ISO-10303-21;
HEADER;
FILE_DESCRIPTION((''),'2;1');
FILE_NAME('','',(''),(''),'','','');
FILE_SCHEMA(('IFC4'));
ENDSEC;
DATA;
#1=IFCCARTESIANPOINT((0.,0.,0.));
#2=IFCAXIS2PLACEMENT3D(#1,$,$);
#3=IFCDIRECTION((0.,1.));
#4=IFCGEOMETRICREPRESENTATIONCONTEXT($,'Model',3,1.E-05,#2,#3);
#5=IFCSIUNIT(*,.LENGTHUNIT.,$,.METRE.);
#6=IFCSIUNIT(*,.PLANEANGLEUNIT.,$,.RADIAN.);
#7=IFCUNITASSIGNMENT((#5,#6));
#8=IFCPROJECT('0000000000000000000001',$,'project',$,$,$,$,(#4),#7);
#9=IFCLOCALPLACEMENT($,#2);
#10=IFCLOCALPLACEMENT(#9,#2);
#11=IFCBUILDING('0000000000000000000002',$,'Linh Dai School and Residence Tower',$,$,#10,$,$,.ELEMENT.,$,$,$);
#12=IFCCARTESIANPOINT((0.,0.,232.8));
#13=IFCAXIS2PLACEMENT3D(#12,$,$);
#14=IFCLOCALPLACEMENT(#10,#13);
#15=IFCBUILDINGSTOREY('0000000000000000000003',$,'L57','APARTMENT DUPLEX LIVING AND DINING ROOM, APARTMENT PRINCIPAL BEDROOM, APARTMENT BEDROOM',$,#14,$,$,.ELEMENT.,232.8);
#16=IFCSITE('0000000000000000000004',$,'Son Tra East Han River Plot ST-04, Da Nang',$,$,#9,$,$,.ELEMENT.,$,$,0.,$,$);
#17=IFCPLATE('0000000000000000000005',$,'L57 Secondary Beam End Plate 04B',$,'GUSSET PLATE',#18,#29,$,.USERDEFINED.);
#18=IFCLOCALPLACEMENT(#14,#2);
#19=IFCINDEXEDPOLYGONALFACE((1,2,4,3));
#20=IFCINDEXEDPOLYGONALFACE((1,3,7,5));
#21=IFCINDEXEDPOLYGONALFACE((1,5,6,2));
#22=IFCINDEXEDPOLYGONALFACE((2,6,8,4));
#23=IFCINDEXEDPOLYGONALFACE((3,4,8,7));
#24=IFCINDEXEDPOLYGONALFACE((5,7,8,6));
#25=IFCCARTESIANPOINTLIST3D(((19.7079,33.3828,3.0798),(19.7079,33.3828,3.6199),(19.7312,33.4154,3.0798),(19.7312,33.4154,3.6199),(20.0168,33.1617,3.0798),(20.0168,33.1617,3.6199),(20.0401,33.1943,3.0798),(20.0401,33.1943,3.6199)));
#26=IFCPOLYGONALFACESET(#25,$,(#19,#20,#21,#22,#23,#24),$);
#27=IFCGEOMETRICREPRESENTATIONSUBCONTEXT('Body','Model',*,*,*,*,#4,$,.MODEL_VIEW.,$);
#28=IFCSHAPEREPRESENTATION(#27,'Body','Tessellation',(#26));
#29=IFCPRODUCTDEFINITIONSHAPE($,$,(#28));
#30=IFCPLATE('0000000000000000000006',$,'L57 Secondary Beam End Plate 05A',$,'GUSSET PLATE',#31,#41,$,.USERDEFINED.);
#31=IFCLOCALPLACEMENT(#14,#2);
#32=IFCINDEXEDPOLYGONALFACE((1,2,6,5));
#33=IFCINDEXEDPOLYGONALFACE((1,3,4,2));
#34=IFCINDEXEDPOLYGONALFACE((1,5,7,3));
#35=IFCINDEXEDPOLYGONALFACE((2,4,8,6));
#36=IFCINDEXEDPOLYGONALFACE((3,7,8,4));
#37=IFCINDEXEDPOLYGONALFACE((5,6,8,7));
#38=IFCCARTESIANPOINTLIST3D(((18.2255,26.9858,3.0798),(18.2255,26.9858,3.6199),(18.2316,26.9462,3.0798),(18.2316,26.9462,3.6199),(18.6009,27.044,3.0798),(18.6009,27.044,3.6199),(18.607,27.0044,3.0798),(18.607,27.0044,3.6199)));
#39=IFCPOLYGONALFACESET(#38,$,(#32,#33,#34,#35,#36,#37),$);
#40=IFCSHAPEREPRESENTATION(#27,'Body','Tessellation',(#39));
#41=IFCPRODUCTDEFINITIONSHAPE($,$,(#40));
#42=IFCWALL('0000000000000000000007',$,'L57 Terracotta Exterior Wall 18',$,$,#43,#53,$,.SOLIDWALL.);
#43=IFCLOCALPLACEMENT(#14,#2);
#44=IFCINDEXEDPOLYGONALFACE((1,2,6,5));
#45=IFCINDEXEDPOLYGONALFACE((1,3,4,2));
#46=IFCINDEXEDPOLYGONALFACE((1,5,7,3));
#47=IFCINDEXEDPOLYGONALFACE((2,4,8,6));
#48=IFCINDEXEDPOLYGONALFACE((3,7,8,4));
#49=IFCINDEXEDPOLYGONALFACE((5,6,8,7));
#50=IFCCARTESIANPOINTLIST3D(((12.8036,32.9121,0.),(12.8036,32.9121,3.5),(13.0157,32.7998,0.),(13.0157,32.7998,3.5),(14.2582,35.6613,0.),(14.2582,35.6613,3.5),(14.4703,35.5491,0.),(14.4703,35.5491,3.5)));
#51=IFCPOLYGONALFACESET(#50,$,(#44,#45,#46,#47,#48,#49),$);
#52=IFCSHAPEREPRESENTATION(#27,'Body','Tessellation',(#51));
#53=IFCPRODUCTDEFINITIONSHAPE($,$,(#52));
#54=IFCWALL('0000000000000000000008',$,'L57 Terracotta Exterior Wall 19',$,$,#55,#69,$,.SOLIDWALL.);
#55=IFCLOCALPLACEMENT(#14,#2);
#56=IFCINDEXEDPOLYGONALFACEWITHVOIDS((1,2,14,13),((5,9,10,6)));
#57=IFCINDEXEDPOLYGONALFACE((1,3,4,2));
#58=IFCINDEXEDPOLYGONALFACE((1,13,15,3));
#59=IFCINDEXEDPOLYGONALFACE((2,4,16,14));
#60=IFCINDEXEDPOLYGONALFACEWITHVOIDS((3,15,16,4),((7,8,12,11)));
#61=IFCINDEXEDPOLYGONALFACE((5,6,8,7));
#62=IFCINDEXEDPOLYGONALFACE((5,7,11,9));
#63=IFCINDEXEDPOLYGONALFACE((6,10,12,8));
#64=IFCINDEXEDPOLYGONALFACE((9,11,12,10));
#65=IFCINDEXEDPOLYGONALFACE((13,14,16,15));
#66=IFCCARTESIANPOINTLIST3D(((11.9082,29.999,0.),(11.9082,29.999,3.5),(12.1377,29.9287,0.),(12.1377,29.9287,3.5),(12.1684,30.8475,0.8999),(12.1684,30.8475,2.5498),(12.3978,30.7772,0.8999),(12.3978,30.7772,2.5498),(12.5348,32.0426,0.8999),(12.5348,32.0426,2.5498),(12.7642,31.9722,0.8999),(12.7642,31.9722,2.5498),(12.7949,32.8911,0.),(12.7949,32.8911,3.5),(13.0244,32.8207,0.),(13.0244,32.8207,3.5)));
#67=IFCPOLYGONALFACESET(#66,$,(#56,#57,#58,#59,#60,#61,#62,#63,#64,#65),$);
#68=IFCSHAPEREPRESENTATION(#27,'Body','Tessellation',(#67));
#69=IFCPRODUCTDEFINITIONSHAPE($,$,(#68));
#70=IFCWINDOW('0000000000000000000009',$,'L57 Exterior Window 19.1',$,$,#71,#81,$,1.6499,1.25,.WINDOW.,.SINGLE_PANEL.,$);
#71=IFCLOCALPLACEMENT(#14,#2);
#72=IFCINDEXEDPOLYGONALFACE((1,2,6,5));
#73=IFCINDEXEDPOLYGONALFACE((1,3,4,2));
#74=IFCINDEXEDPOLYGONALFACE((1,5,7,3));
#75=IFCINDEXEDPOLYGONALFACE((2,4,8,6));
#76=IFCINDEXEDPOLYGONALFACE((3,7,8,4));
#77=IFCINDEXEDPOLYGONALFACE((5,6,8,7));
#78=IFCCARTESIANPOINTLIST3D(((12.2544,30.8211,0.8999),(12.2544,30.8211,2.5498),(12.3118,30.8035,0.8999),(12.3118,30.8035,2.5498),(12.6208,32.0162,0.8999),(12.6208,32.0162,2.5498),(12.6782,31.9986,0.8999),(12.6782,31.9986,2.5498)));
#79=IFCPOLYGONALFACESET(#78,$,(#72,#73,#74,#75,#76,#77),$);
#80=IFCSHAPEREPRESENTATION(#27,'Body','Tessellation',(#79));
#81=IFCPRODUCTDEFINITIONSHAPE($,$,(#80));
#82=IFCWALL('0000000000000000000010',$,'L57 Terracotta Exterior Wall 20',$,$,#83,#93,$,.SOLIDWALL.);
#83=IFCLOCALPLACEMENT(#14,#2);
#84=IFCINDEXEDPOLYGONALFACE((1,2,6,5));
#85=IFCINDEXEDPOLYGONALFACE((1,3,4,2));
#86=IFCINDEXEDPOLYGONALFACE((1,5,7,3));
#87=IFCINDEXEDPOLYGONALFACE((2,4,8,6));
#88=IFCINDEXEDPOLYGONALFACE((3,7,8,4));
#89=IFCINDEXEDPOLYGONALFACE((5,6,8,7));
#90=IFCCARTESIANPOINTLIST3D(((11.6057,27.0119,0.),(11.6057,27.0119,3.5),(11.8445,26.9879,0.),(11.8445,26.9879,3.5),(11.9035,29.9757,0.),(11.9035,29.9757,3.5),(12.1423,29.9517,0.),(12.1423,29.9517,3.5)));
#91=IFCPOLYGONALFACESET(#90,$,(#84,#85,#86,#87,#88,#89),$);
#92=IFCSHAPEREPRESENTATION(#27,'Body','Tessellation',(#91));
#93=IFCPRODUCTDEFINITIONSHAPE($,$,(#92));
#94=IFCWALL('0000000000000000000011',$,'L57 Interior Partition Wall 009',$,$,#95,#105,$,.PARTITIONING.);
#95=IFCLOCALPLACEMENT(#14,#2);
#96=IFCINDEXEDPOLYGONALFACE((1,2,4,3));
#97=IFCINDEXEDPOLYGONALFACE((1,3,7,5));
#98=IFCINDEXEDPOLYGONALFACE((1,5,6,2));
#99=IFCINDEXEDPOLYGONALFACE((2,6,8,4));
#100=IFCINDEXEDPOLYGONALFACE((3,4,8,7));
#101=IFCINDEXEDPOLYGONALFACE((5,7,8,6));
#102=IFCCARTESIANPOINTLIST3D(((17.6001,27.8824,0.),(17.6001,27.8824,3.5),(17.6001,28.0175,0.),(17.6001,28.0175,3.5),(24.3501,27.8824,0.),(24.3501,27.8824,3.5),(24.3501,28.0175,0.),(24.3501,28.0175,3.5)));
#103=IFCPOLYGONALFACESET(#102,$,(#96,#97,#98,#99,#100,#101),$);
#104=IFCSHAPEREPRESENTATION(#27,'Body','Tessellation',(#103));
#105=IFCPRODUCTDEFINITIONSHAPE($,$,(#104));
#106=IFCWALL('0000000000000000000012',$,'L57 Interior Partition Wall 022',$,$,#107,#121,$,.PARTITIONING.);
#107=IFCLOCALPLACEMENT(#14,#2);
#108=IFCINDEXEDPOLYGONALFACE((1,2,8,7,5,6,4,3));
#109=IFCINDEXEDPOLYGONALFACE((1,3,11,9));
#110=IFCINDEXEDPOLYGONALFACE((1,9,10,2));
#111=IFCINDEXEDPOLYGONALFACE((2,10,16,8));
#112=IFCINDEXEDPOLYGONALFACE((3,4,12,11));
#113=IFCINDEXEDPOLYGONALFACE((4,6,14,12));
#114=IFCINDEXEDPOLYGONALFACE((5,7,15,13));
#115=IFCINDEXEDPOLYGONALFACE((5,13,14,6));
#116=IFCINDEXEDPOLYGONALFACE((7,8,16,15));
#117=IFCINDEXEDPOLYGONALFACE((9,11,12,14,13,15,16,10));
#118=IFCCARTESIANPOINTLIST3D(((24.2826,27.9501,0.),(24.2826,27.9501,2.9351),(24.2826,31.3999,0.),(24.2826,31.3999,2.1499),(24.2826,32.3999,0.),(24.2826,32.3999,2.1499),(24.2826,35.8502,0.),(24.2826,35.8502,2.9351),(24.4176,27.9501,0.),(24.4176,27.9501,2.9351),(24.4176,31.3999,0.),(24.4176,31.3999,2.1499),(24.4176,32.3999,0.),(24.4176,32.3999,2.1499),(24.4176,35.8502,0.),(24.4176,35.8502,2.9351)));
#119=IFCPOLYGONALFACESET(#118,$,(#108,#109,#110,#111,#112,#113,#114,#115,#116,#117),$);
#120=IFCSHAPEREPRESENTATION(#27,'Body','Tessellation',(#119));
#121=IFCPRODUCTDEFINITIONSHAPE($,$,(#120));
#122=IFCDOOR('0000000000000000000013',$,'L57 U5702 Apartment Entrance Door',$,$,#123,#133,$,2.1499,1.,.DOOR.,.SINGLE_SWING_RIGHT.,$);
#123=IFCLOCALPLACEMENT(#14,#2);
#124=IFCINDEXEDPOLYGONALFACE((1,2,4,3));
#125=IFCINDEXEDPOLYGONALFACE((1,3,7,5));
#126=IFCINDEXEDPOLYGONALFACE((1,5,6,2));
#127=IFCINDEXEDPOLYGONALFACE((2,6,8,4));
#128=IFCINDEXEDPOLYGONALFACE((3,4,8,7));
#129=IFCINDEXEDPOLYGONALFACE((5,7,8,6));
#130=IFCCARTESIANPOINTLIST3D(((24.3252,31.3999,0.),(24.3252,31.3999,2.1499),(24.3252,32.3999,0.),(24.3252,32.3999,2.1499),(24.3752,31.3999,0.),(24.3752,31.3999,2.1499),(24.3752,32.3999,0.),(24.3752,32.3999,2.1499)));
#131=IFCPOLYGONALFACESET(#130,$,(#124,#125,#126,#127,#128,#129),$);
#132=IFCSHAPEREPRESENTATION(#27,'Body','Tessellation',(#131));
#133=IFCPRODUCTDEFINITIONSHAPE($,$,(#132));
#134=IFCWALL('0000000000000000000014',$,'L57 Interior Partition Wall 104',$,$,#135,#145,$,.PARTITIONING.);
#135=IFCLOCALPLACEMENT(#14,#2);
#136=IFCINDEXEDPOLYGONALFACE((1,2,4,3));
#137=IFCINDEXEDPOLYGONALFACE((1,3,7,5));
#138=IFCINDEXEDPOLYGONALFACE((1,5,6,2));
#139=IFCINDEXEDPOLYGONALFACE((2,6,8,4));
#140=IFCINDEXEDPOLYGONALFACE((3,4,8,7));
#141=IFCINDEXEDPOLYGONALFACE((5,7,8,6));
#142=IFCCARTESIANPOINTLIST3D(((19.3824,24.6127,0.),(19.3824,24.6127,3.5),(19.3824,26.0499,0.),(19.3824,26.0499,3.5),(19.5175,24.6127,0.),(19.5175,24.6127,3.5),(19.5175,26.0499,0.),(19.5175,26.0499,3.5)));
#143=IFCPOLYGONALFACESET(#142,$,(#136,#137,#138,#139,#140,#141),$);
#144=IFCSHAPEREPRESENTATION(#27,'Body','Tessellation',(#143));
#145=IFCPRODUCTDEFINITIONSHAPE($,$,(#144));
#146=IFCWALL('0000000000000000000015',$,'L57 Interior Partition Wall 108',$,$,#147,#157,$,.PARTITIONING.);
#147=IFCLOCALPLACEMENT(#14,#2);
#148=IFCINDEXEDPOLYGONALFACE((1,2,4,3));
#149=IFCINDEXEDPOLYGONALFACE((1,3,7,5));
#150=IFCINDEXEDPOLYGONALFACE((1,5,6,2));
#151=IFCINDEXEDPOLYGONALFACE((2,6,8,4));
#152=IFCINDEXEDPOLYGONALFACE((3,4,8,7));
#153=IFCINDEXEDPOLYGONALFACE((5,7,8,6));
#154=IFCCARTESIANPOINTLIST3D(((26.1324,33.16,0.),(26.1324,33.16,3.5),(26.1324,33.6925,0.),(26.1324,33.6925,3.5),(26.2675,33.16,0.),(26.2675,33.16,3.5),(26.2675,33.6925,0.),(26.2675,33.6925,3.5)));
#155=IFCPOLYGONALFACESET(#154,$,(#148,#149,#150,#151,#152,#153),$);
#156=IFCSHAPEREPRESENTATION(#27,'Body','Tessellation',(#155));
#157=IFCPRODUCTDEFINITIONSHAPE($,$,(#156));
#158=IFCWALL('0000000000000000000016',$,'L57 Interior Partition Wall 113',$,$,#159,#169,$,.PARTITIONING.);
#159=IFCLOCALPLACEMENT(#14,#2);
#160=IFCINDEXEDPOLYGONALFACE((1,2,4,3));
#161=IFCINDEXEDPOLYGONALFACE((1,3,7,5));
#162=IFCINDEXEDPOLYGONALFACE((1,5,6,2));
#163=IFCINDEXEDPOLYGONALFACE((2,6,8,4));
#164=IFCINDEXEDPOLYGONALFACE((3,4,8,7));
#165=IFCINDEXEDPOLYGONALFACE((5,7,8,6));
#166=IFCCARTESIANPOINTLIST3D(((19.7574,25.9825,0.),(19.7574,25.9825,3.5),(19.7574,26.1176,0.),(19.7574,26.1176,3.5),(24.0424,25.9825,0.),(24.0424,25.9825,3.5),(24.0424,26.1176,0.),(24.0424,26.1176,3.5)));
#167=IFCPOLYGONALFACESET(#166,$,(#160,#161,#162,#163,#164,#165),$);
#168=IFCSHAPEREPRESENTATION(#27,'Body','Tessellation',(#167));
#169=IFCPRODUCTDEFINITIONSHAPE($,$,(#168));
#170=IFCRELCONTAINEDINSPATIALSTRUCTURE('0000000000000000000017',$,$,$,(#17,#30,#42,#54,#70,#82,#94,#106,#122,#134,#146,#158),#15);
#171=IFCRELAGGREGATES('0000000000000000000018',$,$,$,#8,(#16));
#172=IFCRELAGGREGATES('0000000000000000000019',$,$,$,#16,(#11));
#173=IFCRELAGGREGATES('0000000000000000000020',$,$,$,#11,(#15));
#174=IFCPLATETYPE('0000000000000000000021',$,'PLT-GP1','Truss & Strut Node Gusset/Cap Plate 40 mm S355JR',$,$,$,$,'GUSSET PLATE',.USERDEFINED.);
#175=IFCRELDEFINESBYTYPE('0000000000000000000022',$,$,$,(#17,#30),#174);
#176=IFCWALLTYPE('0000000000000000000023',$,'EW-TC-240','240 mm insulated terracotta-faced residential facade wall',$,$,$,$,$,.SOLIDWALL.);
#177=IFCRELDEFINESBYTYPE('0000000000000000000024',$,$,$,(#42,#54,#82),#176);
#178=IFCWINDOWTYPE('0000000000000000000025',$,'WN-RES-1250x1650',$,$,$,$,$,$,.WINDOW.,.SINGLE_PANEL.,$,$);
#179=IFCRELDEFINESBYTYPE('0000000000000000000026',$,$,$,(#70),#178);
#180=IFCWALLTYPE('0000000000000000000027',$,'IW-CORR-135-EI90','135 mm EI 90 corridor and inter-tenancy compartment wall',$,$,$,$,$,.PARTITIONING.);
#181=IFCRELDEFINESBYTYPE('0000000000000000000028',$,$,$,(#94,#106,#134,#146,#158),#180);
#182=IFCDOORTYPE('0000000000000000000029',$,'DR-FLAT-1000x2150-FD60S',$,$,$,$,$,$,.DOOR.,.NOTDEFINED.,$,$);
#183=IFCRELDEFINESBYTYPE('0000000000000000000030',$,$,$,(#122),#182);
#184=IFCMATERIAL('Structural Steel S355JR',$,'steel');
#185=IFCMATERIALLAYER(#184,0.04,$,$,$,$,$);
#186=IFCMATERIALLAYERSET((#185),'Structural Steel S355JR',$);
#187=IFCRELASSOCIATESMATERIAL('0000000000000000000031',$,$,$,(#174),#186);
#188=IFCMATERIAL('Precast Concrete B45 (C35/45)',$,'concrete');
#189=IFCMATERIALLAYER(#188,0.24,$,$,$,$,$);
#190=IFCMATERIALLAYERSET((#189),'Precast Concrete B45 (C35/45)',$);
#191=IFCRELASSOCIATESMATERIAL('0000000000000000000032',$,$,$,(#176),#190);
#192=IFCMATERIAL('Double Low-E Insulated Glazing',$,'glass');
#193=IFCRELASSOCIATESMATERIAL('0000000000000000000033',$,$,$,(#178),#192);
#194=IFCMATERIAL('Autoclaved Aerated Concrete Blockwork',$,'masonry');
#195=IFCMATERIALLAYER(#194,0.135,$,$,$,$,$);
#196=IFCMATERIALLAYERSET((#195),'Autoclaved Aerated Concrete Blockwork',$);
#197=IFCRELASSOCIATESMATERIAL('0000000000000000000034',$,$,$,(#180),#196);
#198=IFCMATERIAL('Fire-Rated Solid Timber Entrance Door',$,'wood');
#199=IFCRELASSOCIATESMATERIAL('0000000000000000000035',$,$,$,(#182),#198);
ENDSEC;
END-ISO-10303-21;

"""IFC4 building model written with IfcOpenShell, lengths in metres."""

from ifc_helpers import new_model, si_unit, direction, frame, frame_2d, origin, origin_2d, place, context, subcontext, project, spatial, rectangle, extrude, source, transform, mapped, material, layer, layer_set, type_object, element, fill, save


model = new_model("IFC4")

# Units and contexts
model_context = context("Model", 3, precision=1e-05, world=origin(), true_north=direction((0.0, 1.0)))
body_context = subcontext(model_context, "Body", "Model", "MODEL_VIEW")
ifc_project = project(units=[si_unit("LENGTHUNIT", "METRE"), si_unit("PLANEANGLEUNIT", "RADIAN")], contexts=[model_context])

# Site, building, storey
site_placement = place(None, origin())
site = spatial("IfcSite", under=ifc_project, at=site_placement, Name="Son Tra East Han River Plot ST-04, Da Nang", CompositionType="ELEMENT", RefElevation=0.0)
building_placement = place(site_placement, origin())
building = spatial("IfcBuilding", under=site, at=building_placement, Name="Linh Dai School and Residence Tower", CompositionType="ELEMENT")
storey_placement = place(building_placement, frame((0.0, 0.0, 232.8)))
storey = spatial("IfcBuildingStorey", under=building, at=storey_placement, Name="L57", Description="APARTMENT DUPLEX LIVING AND DINING ROOM, APARTMENT PRINCIPAL BEDROOM, APARTMENT BEDROOM", CompositionType="ELEMENT", Elevation=232.8)

# Shared definitions
ifc_material_1 = material(Name="Structural Steel S355JR", Category="steel")

# Plates
ifc_layer_1 = layer(ifc_material_1, 0.04)
ifc_layer_set_1 = layer_set([ifc_layer_1], Name="Structural Steel S355JR")
plate_type = type_object("IfcPlateType", Name="PLT-GP1", Description="Truss & Strut Node Gusset/Cap Plate 40 mm S355JR", ElementType="GUSSET PLATE", PredefinedType="USERDEFINED", material=ifc_layer_set_1)
shared_shape_1 = source(origin(), body_context, "Body", "SweptSolid", [
    extrude(rectangle(XDim=0.04, YDim=0.3799, at=origin_2d()), origin(), (0.0, 0.0, 1.0), 0.54),
])
for number, where, z_axis, x_axis, name in (
    (1, (19.874, 33.2886, 3.0798), (0.0, 0.0, 1.0), (-0.58204, -0.81316, 0.0), "L57 Secondary Beam End Plate 04B"),
    (2, (18.4163, 26.9951, 3.0798), (0.0, 0.0, 1.0), (0.153186, -0.988197, 0.0), "L57 Secondary Beam End Plate 05A"),
):
    element("IfcPlate", number, at=place(storey_placement, frame(where, z_axis=z_axis, x_axis=x_axis)), inside=storey, type_object=plate_type, Name=name, ObjectType="GUSSET PLATE", PredefinedType="USERDEFINED", context=body_context, shape_type="MappedRepresentation", body=[
        mapped(shared_shape_1, transform((0.0, 0.0, 0.0), x_axis=(1.0, 0.0, 0.0), y_axis=(0.0, 1.0, 0.0), z_axis=(0.0, 0.0, 1.0), scale=1.0)),
    ])

# Wall
ifc_material_2 = material(Name="Precast Concrete B45 (C35/45)", Category="concrete")
ifc_layer_2 = layer(ifc_material_2, 0.24)
ifc_layer_set_2 = layer_set([ifc_layer_2], Name="Precast Concrete B45 (C35/45)")
wall_type_1 = type_object("IfcWallType", Name="EW-TC-240", Description="240 mm insulated terracotta-faced residential facade wall", PredefinedType="SOLIDWALL", material=ifc_layer_set_2)
wall_1_placement = place(storey_placement, frame((12.9097, 32.856, 0.0), z_axis=(0.0, 0.0, 1.0), x_axis=(0.46766, 0.883908, 0.0)))
element("IfcWall", 3, at=wall_1_placement, inside=storey, type_object=wall_type_1, Name="L57 Terracotta Exterior Wall 18", PredefinedType="SOLIDWALL", context=body_context, shape_type="SweptSolid", body=[
    extrude(rectangle(XDim=3.1104, YDim=0.24, at=frame_2d((1.5552, 0.0))), origin(), (0.0, 0.0, 1.0), 3.5),
])

# Wall, opening, window
wall_2_placement = place(storey_placement, frame((12.0229, 29.9639, 0.0), z_axis=(0.0, 0.0, 1.0), x_axis=(0.293133, 0.956072, 0.0)))
wall_2 = element("IfcWall", 4, at=wall_2_placement, inside=storey, type_object=wall_type_1, Name="L57 Terracotta Exterior Wall 19", PredefinedType="SOLIDWALL", context=body_context, shape_type="SweptSolid", body=[
    extrude(rectangle(XDim=3.0249, YDim=0.24, at=frame_2d((1.5125, 0.0))), origin(), (0.0, 0.0, 1.0), 3.5),
])
opening_1_placement = place(wall_2_placement, frame((0.8875, 0.0, 0.8999)))
opening_1 = element("IfcOpeningElement", 5, at=opening_1_placement, cuts=wall_2, PredefinedType="OPENING", context=body_context, shape_type="SweptSolid", body=[
    extrude(rectangle(XDim=1.25, YDim=1.6499, at=origin_2d()), frame((0.625, 0.1299, 0.825), z_axis=(0.0, -1.0, 0.0), x_axis=(1.0, 0.0, 0.0)), (0.0, 0.0, 1.0), 0.26),
])
ifc_material_3 = material(Name="Double Low-E Insulated Glazing", Category="glass")
window_type = type_object("IfcWindowType", Name="WN-RES-1250x1650", PartitioningType="SINGLE_PANEL", PredefinedType="WINDOW", material=ifc_material_3)
shared_shape_2 = source(origin(), body_context, "Body", "SweptSolid", [
    extrude(rectangle(XDim=1.25, YDim=1.6499, at=origin_2d()), frame((0.625, 0.03, 0.825), z_axis=(0.0, -1.0, 0.0), x_axis=(1.0, 0.0, 0.0)), (0.0, 0.0, 1.0), 0.0601),
])
window_placement = place(opening_1_placement, origin())
window = element("IfcWindow", 6, at=window_placement, inside=storey, type_object=window_type, Name="L57 Exterior Window 19.1", OverallHeight=1.6499, OverallWidth=1.25, PartitioningType="SINGLE_PANEL", PredefinedType="WINDOW", context=body_context, shape_type="MappedRepresentation", body=[
    mapped(shared_shape_2, transform((0.0, 0.0, 0.0), x_axis=(1.0, 0.0, 0.0), y_axis=(0.0, 1.0, 0.0), z_axis=(0.0, 0.0, 1.0), scale=1.0)),
])
fill(opening_1, window)

# Walls
wall_3_placement = place(storey_placement, frame((11.7251, 27.0, 0.0), z_axis=(0.0, 0.0, 1.0), x_axis=(0.099991, 0.994988, 0.0)))
element("IfcWall", 7, at=wall_3_placement, inside=storey, type_object=wall_type_1, Name="L57 Terracotta Exterior Wall 20", PredefinedType="SOLIDWALL", context=body_context, shape_type="SweptSolid", body=[
    extrude(rectangle(XDim=2.9788, YDim=0.24, at=frame_2d((1.4893, 0.0))), origin(), (0.0, 0.0, 1.0), 3.5),
])
ifc_material_4 = material(Name="Autoclaved Aerated Concrete Blockwork", Category="masonry")
ifc_layer_3 = layer(ifc_material_4, 0.135)
ifc_layer_set_3 = layer_set([ifc_layer_3], Name="Autoclaved Aerated Concrete Blockwork")
wall_type_2 = type_object("IfcWallType", Name="IW-CORR-135-EI90", Description="135 mm EI 90 corridor and inter-tenancy compartment wall", PredefinedType="PARTITIONING", material=ifc_layer_set_3)
wall_4_placement = place(storey_placement, frame((17.6001, 27.95, 0.0), z_axis=(0.0, 0.0, 1.0), x_axis=(1.0, 0.0, 0.0)))
element("IfcWall", 8, at=wall_4_placement, inside=storey, type_object=wall_type_2, Name="L57 Interior Partition Wall 009", PredefinedType="PARTITIONING", context=body_context, shape_type="SweptSolid", body=[
    extrude(rectangle(XDim=6.75, YDim=0.135, at=frame_2d((3.375, 0.0))), origin(), (0.0, 0.0, 1.0), 3.5),
])

# Wall, opening, door
wall_5_placement = place(storey_placement, frame((24.3501, 27.95, 0.0), z_axis=(0.0, 0.0, 1.0), x_axis=(0.0, 1.0, 0.0)))
wall_5 = element("IfcWall", 9, at=wall_5_placement, inside=storey, type_object=wall_type_2, Name="L57 Interior Partition Wall 022", PredefinedType="PARTITIONING", context=body_context, shape_type="SweptSolid", body=[
    extrude(rectangle(XDim=7.9001, YDim=0.135, at=frame_2d((3.9502, 0.0))), origin(), (0.0, 0.0, 1.0), 2.9351),
])
opening_2_placement = place(wall_5_placement, frame((3.45, 0.0, 0.0)))
opening_2 = element("IfcOpeningElement", 10, at=opening_2_placement, cuts=wall_5, PredefinedType="OPENING", context=body_context, shape_type="SweptSolid", body=[
    extrude(rectangle(XDim=1.0, YDim=2.1499, at=origin_2d()), frame((0.5, 0.0776, 1.075), z_axis=(0.0, -1.0, 0.0), x_axis=(1.0, 0.0, 0.0)), (0.0, 0.0, 1.0), 0.155),
])
ifc_material_5 = material(Name="Fire-Rated Solid Timber Entrance Door", Category="wood")
door_type_1 = type_object("IfcDoorType", Name="DR-FLAT-1000x2150-FD60S", OperationType="NOTDEFINED", PredefinedType="DOOR", material=ifc_material_5)
shared_shape_3 = source(origin(), body_context, "Body", "SweptSolid", [
    extrude(rectangle(XDim=1.0, YDim=2.1499, at=origin_2d()), frame((0.5, 0.0249, 1.075), z_axis=(0.0, -1.0, 0.0), x_axis=(1.0, 0.0, 0.0)), (0.0, 0.0, 1.0), 0.05),
])
door_1_placement = place(opening_2_placement, origin())
door_1 = element("IfcDoor", 11, at=door_1_placement, inside=storey, type_object=door_type_1, Name="L57 U5702 Apartment Entrance Door", OperationType="SINGLE_SWING_RIGHT", OverallHeight=2.1499, OverallWidth=1.0, PredefinedType="DOOR", context=body_context, shape_type="MappedRepresentation", body=[
    mapped(shared_shape_3, transform((0.0, 0.0, 0.0), x_axis=(1.0, 0.0, 0.0), y_axis=(0.0, 1.0, 0.0), z_axis=(0.0, 0.0, 1.0), scale=1.0)),
])
fill(opening_2, door_1)

# Walls
wall_6_placement = place(storey_placement, frame((19.45, 26.05, 0.0), z_axis=(0.0, 0.0, 1.0), x_axis=(0.0, -1.0, 0.0)))
element("IfcWall", 12, at=wall_6_placement, inside=storey, type_object=wall_type_2, Name="L57 Interior Partition Wall 104", PredefinedType="PARTITIONING", context=body_context, shape_type="SweptSolid", body=[
    extrude(rectangle(XDim=1.4373, YDim=0.135, at=frame_2d((0.7188, 0.0))), origin(), (0.0, 0.0, 1.0), 3.5),
])
wall_7_placement = place(storey_placement, frame((26.2, 33.6924, 0.0), z_axis=(0.0, 0.0, 1.0), x_axis=(0.0, -1.0, 0.0)))
element("IfcWall", 13, at=wall_7_placement, inside=storey, type_object=wall_type_2, Name="L57 Interior Partition Wall 108", PredefinedType="PARTITIONING", context=body_context, shape_type="SweptSolid", body=[
    extrude(rectangle(XDim=0.5325, YDim=0.135, at=frame_2d((0.2661, 0.0))), origin(), (0.0, 0.0, 1.0), 3.5),
])
wall_8_placement = place(storey_placement, frame((24.0425, 26.05, 0.0), z_axis=(0.0, 0.0, 1.0), x_axis=(-1.0, 0.0, 0.0)))
element("IfcWall", 14, at=wall_8_placement, inside=storey, type_object=wall_type_2, Name="L57 Interior Partition Wall 113", PredefinedType="PARTITIONING", context=body_context, shape_type="SweptSolid", body=[
    extrude(rectangle(XDim=4.2849, YDim=0.135, at=frame_2d((2.1426, 0.0))), origin(), (0.0, 0.0, 1.0), 3.5),
])

save(model, "model.ifc")
